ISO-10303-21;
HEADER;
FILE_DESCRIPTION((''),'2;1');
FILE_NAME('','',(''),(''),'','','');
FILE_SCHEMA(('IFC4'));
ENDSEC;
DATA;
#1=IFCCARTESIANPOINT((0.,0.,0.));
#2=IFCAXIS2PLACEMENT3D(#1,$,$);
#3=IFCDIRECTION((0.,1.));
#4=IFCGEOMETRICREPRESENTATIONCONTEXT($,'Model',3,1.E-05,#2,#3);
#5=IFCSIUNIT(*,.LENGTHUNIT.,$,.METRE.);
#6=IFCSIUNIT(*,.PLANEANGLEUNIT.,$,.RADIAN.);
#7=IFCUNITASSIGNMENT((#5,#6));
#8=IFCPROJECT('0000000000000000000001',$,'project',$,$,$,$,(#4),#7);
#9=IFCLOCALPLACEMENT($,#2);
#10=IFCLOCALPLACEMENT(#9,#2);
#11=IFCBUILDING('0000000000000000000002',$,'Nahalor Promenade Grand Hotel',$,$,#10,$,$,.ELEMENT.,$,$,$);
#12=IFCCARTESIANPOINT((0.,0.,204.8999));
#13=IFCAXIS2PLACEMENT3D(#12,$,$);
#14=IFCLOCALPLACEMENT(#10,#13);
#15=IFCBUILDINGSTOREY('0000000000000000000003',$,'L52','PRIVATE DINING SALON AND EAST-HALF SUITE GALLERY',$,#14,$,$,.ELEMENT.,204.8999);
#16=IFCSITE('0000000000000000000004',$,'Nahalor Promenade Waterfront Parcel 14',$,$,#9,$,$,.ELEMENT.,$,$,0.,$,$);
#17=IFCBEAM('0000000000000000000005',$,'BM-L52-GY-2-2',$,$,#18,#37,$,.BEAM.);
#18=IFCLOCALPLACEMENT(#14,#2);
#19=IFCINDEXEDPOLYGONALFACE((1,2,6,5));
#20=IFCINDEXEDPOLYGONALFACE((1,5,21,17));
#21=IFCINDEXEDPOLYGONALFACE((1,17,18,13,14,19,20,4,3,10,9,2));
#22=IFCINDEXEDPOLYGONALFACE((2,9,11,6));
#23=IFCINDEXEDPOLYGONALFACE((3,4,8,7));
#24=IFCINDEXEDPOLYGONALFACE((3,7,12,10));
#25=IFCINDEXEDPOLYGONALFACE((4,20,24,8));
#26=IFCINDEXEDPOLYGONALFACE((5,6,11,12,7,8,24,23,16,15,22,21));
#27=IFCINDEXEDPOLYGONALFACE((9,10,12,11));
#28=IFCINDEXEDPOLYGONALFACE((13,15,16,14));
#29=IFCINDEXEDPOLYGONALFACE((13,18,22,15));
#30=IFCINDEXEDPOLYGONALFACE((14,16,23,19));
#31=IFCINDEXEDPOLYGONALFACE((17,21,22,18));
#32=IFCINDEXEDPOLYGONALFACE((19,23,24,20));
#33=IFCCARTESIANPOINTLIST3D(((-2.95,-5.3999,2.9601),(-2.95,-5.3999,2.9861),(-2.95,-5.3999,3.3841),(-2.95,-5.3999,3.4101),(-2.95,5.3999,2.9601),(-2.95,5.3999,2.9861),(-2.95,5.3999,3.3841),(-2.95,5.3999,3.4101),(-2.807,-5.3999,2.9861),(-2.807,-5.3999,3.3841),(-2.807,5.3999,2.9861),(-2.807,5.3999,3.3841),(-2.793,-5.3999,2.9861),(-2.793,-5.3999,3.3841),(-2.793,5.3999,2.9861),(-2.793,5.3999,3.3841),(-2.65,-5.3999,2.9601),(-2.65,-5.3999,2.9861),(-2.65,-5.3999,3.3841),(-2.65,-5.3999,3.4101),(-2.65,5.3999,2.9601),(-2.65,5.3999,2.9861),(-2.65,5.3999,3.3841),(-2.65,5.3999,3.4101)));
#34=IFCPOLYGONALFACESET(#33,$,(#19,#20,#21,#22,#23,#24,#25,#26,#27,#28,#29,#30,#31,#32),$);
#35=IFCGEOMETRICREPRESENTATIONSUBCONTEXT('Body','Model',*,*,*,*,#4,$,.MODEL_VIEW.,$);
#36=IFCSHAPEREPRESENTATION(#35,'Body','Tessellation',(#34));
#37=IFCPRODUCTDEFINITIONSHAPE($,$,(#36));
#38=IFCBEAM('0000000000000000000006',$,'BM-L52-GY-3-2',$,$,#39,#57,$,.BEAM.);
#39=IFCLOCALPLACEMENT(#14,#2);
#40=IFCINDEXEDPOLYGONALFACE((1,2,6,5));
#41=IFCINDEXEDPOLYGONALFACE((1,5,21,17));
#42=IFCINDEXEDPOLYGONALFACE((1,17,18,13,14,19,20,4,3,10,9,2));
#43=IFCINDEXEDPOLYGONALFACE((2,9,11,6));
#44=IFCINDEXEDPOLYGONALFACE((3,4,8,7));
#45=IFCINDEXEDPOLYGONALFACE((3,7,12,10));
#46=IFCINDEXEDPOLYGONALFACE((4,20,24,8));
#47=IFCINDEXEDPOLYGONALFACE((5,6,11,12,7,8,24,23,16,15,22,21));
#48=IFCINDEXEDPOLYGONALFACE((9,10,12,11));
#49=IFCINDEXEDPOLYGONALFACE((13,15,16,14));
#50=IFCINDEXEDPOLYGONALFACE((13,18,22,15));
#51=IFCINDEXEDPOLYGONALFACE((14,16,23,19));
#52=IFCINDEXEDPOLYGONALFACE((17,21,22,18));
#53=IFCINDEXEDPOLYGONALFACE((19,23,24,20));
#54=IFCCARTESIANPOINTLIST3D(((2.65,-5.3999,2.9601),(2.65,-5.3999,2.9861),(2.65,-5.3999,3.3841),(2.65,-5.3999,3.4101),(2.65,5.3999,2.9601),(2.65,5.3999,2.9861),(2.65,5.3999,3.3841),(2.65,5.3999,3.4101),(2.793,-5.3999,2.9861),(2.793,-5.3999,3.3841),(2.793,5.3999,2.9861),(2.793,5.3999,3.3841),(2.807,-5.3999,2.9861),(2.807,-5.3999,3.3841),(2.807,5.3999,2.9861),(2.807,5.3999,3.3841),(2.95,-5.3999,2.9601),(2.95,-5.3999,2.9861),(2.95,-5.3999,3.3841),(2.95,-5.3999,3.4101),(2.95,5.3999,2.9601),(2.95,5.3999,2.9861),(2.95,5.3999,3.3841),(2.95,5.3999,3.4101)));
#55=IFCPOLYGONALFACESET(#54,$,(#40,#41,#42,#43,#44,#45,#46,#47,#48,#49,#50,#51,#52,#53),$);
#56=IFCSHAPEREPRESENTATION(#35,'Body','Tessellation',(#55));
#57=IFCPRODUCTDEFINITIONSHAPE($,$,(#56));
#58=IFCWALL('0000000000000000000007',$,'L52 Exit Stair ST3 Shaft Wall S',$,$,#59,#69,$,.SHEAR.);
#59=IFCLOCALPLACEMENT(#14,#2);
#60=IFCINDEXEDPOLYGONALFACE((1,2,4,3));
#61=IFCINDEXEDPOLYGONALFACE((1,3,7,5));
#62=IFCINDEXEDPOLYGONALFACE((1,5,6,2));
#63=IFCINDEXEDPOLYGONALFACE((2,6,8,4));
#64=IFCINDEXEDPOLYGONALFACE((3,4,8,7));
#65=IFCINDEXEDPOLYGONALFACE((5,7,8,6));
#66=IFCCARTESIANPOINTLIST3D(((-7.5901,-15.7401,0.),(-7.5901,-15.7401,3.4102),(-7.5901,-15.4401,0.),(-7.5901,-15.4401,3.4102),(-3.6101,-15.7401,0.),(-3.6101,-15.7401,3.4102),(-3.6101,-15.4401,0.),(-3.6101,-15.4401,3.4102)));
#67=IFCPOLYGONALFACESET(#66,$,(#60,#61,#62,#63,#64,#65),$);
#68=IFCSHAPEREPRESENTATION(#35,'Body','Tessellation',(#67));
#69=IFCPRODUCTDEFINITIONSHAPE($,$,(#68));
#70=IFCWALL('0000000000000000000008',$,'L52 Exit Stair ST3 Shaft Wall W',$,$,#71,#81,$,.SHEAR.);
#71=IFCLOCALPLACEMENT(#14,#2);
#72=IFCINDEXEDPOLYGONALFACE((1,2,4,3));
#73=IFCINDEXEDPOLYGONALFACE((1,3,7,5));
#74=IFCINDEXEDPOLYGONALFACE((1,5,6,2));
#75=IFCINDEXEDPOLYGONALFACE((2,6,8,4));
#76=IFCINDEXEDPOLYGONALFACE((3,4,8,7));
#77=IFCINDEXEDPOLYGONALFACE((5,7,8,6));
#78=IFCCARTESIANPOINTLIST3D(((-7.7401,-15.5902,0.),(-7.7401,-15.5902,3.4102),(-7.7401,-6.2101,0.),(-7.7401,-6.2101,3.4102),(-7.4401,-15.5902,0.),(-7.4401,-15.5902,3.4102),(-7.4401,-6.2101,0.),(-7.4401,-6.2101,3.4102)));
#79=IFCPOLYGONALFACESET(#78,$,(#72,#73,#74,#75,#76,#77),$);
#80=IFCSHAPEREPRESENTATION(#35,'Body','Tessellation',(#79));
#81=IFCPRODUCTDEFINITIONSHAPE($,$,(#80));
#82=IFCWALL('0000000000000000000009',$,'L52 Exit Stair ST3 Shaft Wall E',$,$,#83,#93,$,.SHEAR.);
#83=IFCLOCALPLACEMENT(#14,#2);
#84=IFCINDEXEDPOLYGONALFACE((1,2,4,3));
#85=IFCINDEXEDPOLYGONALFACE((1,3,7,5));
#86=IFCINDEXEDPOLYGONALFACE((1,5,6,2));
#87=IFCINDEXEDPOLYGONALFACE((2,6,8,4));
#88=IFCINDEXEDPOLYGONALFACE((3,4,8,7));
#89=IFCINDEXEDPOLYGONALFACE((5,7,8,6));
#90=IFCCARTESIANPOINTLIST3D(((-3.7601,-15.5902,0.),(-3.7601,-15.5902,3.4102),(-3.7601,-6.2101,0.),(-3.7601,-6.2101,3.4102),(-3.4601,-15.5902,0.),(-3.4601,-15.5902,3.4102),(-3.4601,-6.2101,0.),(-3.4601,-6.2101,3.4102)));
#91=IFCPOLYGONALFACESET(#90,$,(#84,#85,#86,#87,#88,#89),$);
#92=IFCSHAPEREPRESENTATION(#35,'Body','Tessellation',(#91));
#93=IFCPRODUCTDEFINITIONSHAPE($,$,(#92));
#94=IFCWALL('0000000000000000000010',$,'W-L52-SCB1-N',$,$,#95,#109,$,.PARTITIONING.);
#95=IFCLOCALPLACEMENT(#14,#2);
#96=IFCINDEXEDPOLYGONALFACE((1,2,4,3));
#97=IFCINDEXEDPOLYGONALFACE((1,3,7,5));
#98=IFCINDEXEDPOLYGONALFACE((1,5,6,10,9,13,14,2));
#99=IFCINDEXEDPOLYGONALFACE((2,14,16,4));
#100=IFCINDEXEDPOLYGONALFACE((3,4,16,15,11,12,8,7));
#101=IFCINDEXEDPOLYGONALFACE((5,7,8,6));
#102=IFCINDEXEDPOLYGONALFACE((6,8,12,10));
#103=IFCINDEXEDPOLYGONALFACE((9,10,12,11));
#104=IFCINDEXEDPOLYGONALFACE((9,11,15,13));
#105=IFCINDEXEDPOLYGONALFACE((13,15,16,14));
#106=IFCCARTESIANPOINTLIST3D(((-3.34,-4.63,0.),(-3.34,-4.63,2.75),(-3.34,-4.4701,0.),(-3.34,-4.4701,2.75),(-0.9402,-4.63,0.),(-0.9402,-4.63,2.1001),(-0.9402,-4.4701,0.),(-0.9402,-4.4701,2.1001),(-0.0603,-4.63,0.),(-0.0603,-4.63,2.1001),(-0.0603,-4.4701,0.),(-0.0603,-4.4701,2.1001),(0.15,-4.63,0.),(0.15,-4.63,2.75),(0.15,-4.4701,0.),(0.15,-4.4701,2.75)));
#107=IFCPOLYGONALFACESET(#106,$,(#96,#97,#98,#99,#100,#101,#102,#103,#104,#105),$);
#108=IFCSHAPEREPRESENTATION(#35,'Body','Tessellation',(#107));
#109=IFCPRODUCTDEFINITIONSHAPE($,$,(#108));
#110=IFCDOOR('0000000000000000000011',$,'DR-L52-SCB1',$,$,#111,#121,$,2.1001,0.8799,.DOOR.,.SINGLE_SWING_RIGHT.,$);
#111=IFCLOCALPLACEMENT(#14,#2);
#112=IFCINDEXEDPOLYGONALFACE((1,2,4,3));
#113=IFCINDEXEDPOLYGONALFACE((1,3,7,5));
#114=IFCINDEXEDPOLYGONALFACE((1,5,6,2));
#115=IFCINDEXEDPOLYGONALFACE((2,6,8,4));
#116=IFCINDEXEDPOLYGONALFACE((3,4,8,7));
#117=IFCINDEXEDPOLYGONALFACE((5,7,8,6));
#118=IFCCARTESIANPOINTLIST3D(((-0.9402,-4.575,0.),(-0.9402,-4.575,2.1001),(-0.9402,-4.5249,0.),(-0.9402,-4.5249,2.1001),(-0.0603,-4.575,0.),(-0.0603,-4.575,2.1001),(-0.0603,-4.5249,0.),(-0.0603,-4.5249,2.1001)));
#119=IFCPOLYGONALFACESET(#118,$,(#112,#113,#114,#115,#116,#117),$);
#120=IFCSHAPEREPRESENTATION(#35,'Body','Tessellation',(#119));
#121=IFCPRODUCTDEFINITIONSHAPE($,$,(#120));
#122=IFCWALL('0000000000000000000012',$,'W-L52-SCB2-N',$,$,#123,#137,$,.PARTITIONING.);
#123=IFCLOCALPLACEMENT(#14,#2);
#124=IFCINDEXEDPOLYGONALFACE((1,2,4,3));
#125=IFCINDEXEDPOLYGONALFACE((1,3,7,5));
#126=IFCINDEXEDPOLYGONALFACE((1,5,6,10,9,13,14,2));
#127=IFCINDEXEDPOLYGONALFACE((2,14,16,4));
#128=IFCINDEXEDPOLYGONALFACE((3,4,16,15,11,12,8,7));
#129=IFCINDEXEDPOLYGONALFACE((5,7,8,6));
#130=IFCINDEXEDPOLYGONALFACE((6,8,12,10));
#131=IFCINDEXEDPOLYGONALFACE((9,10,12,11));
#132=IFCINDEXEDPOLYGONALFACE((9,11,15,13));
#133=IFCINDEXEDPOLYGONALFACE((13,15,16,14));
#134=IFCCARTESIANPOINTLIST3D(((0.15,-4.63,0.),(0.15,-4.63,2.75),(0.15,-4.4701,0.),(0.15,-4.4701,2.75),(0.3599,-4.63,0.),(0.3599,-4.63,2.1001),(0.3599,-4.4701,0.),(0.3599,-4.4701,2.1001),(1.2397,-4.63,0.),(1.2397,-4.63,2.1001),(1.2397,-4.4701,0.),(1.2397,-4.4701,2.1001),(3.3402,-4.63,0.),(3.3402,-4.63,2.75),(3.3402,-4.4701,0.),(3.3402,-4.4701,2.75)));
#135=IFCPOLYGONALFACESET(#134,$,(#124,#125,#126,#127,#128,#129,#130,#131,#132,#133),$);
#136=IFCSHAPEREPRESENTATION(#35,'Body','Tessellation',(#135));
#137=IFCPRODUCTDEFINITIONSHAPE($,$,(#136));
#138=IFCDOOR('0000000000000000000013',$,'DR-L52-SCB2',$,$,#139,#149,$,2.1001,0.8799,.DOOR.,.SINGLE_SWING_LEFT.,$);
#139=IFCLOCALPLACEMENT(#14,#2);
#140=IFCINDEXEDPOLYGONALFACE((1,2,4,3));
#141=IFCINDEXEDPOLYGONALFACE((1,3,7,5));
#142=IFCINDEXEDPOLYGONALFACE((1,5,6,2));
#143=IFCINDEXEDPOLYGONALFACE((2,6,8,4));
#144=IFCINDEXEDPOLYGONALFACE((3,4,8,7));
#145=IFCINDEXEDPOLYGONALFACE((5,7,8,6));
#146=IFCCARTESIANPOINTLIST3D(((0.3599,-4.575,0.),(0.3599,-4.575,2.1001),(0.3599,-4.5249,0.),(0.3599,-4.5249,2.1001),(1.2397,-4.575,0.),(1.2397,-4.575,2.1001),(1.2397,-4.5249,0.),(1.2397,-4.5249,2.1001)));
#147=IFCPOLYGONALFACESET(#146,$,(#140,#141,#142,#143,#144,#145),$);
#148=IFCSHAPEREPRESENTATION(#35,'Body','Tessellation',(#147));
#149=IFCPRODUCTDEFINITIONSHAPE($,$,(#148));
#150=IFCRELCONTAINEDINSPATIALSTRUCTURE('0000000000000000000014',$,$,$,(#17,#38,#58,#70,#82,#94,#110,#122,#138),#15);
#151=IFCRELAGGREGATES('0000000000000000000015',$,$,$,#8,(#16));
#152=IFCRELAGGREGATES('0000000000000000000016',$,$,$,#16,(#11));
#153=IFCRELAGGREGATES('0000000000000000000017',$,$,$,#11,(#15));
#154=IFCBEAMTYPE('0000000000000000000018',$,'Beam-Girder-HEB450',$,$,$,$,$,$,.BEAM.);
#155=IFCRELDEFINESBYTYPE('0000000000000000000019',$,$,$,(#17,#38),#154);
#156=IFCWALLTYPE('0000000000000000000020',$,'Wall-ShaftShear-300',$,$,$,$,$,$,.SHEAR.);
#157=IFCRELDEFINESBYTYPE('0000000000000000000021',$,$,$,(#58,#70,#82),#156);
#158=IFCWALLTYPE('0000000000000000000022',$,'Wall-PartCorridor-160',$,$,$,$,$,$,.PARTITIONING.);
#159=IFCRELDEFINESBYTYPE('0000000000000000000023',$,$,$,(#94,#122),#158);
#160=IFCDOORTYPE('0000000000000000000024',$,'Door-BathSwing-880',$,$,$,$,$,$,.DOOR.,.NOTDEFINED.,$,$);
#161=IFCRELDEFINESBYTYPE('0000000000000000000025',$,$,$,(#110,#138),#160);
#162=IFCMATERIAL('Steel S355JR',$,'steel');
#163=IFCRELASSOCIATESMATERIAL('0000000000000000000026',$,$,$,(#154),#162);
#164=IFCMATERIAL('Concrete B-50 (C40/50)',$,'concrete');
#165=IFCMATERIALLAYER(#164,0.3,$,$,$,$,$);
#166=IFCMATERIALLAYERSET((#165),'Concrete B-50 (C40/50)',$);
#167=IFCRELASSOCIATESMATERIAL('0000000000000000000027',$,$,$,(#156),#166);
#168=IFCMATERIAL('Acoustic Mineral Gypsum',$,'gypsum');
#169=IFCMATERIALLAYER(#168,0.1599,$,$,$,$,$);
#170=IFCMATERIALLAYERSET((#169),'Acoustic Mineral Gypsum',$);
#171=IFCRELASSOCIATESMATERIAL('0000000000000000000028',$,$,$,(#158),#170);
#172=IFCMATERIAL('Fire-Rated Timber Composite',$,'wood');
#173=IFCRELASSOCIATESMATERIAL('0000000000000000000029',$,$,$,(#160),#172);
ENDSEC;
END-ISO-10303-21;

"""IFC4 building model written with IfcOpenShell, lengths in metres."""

from ifc_helpers import new_model, si_unit, direction, frame, frame_2d, origin, origin_2d, place, context, subcontext, project, spatial, rectangle, i_section, extrude, source, transform, mapped, material, layer, layer_set, material_profile, profile_set, type_object, element, fill, save


model = new_model("IFC4")

# Units and contexts
model_context = context("Model", 3, precision=1e-05, world=origin(), true_north=direction((0.0, 1.0)))
body_context = subcontext(model_context, "Body", "Model", "MODEL_VIEW")
ifc_project = project(units=[si_unit("LENGTHUNIT", "METRE"), si_unit("PLANEANGLEUNIT", "RADIAN")], contexts=[model_context])

# Site, building, storey
site_placement = place(None, origin())
site = spatial("IfcSite", under=ifc_project, at=site_placement, Name="Nahalor Promenade Waterfront Parcel 14", CompositionType="ELEMENT", RefElevation=0.0)
building_placement = place(site_placement, origin())
building = spatial("IfcBuilding", under=site, at=building_placement, Name="Nahalor Promenade Grand Hotel", CompositionType="ELEMENT")
storey_placement = place(building_placement, frame((0.0, 0.0, 204.8999)))
storey = spatial("IfcBuildingStorey", under=building, at=storey_placement, Name="L52", Description="PRIVATE DINING SALON AND EAST-HALF SUITE GALLERY", CompositionType="ELEMENT", Elevation=204.8999)

# Beams
ifc_material_1 = material(Name="Steel S355JR", Category="steel")
ifc_material_profile_1 = material_profile(ifc_material_1, i_section(OverallWidth=0.3, OverallDepth=0.45, WebThickness=0.014, FlangeThickness=0.026, at=origin_2d()), Name="HEB 450")
ifc_profile_set_1 = profile_set([ifc_material_profile_1], Name="Steel S355JR")
beam_type = type_object("IfcBeamType", Name="Beam-Girder-HEB450", PredefinedType="BEAM", material=ifc_profile_set_1)
shared_shape_1 = source(origin(), body_context, "Body", "SweptSolid", [
    extrude(i_section(OverallWidth=0.3, OverallDepth=0.45, WebThickness=0.014, FlangeThickness=0.026, at=origin_2d()), origin(), (0.0, 0.0, 1.0), 10.7998),
])
for number, where, z_axis, x_axis, name in (
    (1, (-2.8, -5.3999, 3.1851), (0.0, 1.0, 0.0), (-1.0, 0.0, 0.0), "BM-L52-GY-2-2"),
    (2, (2.8, -5.3999, 3.1851), (0.0, 1.0, 0.0), (-1.0, 0.0, 0.0), "BM-L52-GY-3-2"),
):
    element("IfcBeam", number, at=place(storey_placement, frame(where, z_axis=z_axis, x_axis=x_axis)), inside=storey, type_object=beam_type, Name=name, PredefinedType="BEAM", context=body_context, shape_type="MappedRepresentation", body=[
        mapped(shared_shape_1, transform((0.0, 0.0, 0.0), scale=1.0)),
    ])

# Wall
ifc_material_2 = material(Name="Concrete B-50 (C40/50)", Category="concrete")
ifc_layer_1 = layer(ifc_material_2, 0.3)
ifc_layer_set_1 = layer_set([ifc_layer_1], Name="Concrete B-50 (C40/50)")
wall_type_1 = type_object("IfcWallType", Name="Wall-ShaftShear-300", PredefinedType="SHEAR", material=ifc_layer_set_1)
shared_shape_2 = source(origin(), body_context, "Body", "SweptSolid", [
    extrude(rectangle(XDim=3.98, YDim=0.3, at=frame_2d((1.99, 0.0))), origin(), (0.0, 0.0, 1.0), 3.4102),
])
wall_1_placement = place(storey_placement, frame((-7.5901, -15.5901, 0.0), z_axis=(0.0, 0.0, 1.0), x_axis=(1.0, 0.0, 0.0)))
element("IfcWall", 3, at=wall_1_placement, inside=storey, type_object=wall_type_1, Name="L52 Exit Stair ST3 Shaft Wall S", PredefinedType="SHEAR", context=body_context, shape_type="MappedRepresentation", body=[
    mapped(shared_shape_2, transform((0.0, 0.0, 0.0), scale=1.0)),
])

# Walls
shared_shape_3 = source(origin(), body_context, "Body", "SweptSolid", [
    extrude(rectangle(XDim=9.3801, YDim=0.3, at=frame_2d((4.6899, 0.0))), origin(), (0.0, 0.0, 1.0), 3.4102),
])
for number, where, z_axis, x_axis, name in (
    (4, (-7.5901, -15.5901, 0.0), (0.0, 0.0, 1.0), (0.0, 1.0, 0.0), "L52 Exit Stair ST3 Shaft Wall W"),
    (5, (-3.6101, -15.5901, 0.0), (0.0, 0.0, 1.0), (0.0, 1.0, 0.0), "L52 Exit Stair ST3 Shaft Wall E"),
):
    element("IfcWall", number, at=place(storey_placement, frame(where, z_axis=z_axis, x_axis=x_axis)), inside=storey, type_object=wall_type_1, Name=name, PredefinedType="SHEAR", context=body_context, shape_type="MappedRepresentation", body=[
        mapped(shared_shape_3, transform((0.0, 0.0, 0.0), scale=1.0)),
    ])

# Walls, openings, doors
ifc_material_3 = material(Name="Acoustic Mineral Gypsum", Category="gypsum")
ifc_layer_2 = layer(ifc_material_3, 0.1599)
ifc_layer_set_2 = layer_set([ifc_layer_2], Name="Acoustic Mineral Gypsum")
wall_type_2 = type_object("IfcWallType", Name="Wall-PartCorridor-160", PredefinedType="PARTITIONING", material=ifc_layer_set_2)
shared_shape_4 = source(origin(), body_context, "Body", "SweptSolid", [
    extrude(rectangle(XDim=3.49, YDim=0.1599, at=frame_2d((1.7451, 0.0))), origin(), (0.0, 0.0, 1.0), 2.75),
])
wall_2_placement = place(storey_placement, frame((-3.3401, -4.55, 0.0), z_axis=(0.0, 0.0, 1.0), x_axis=(1.0, 0.0, 0.0)))
wall_2 = element("IfcWall", 6, at=wall_2_placement, inside=storey, type_object=wall_type_2, Name="W-L52-SCB1-N", PredefinedType="PARTITIONING", context=body_context, shape_type="MappedRepresentation", body=[
    mapped(shared_shape_4, transform((0.0, 0.0, 0.0), scale=1.0)),
])
opening_1_placement = place(wall_2_placement, frame((2.3999, 0.0, 0.0)))
opening_1 = element("IfcOpeningElement", 7, at=opening_1_placement, cuts=wall_2, PredefinedType="OPENING", context=body_context, shape_type="SweptSolid", body=[
    extrude(rectangle(XDim=0.8799, YDim=2.1001, at=frame_2d((0.4399, 1.05))), frame((0.0, 0.0898, 0.0), z_axis=(0.0, -1.0, 0.0), x_axis=(1.0, 0.0, 0.0)), (0.0, 0.0, 1.0), 0.1799),
])
ifc_material_4 = material(Name="Fire-Rated Timber Composite", Category="wood")
door_type_1 = type_object("IfcDoorType", Name="Door-BathSwing-880", OperationType="NOTDEFINED", PredefinedType="DOOR", material=ifc_material_4)
shared_shape_5 = source(origin(), body_context, "Body", "SweptSolid", [
    extrude(rectangle(XDim=0.8799, YDim=2.1001, at=frame_2d((0.4399, 1.05))), frame((0.0, 0.0249, 0.0), z_axis=(0.0, -1.0, 0.0), x_axis=(1.0, 0.0, 0.0)), (0.0, 0.0, 1.0), 0.05),
])
door_1_placement = place(opening_1_placement, frame((0.8799, 0.0, 0.0), z_axis=(0.0, 0.0, 1.0), x_axis=(-1.0, 0.0, 0.0)))
door_1 = element("IfcDoor", 8, at=door_1_placement, inside=storey, type_object=door_type_1, Name="DR-L52-SCB1", OperationType="SINGLE_SWING_RIGHT", OverallHeight=2.1001, OverallWidth=0.8799, PredefinedType="DOOR", context=body_context, shape_type="MappedRepresentation", body=[
    mapped(shared_shape_5, transform((0.0, 0.0, 0.0), scale=1.0)),
])
fill(opening_1, door_1)
shared_shape_6 = source(origin(), body_context, "Body", "SweptSolid", [
    extrude(rectangle(XDim=3.1902, YDim=0.1599, at=frame_2d((1.5952, 0.0))), origin(), (0.0, 0.0, 1.0), 2.75),
])
wall_3_placement = place(storey_placement, frame((0.1499, -4.55, 0.0), z_axis=(0.0, 0.0, 1.0), x_axis=(1.0, 0.0, 0.0)))
wall_3 = element("IfcWall", 9, at=wall_3_placement, inside=storey, type_object=wall_type_2, Name="W-L52-SCB2-N", PredefinedType="PARTITIONING", context=body_context, shape_type="MappedRepresentation", body=[
    mapped(shared_shape_6, transform((0.0, 0.0, 0.0), scale=1.0)),
])
opening_2_placement = place(wall_3_placement, frame((0.21, 0.0, 0.0)))
opening_2 = element("IfcOpeningElement", 10, at=opening_2_placement, cuts=wall_3, PredefinedType="OPENING", context=body_context, shape_type="SweptSolid", body=[
    extrude(rectangle(XDim=0.8799, YDim=2.1001, at=frame_2d((0.4399, 1.05))), frame((0.0, 0.0898, 0.0), z_axis=(0.0, -1.0, 0.0), x_axis=(1.0, 0.0, 0.0)), (0.0, 0.0, 1.0), 0.1799),
])
door_2_placement = place(opening_2_placement, frame((0.8799, 0.0, 0.0), z_axis=(0.0, 0.0, 1.0), x_axis=(-1.0, 0.0, 0.0)))
door_2 = element("IfcDoor", 11, at=door_2_placement, inside=storey, type_object=door_type_1, Name="DR-L52-SCB2", OperationType="SINGLE_SWING_LEFT", OverallHeight=2.1001, OverallWidth=0.8799, PredefinedType="DOOR", context=body_context, shape_type="MappedRepresentation", body=[
    mapped(shared_shape_5, transform((0.0, 0.0, 0.0), scale=1.0)),
])
fill(opening_2, door_2)

save(model, "model.ifc")
